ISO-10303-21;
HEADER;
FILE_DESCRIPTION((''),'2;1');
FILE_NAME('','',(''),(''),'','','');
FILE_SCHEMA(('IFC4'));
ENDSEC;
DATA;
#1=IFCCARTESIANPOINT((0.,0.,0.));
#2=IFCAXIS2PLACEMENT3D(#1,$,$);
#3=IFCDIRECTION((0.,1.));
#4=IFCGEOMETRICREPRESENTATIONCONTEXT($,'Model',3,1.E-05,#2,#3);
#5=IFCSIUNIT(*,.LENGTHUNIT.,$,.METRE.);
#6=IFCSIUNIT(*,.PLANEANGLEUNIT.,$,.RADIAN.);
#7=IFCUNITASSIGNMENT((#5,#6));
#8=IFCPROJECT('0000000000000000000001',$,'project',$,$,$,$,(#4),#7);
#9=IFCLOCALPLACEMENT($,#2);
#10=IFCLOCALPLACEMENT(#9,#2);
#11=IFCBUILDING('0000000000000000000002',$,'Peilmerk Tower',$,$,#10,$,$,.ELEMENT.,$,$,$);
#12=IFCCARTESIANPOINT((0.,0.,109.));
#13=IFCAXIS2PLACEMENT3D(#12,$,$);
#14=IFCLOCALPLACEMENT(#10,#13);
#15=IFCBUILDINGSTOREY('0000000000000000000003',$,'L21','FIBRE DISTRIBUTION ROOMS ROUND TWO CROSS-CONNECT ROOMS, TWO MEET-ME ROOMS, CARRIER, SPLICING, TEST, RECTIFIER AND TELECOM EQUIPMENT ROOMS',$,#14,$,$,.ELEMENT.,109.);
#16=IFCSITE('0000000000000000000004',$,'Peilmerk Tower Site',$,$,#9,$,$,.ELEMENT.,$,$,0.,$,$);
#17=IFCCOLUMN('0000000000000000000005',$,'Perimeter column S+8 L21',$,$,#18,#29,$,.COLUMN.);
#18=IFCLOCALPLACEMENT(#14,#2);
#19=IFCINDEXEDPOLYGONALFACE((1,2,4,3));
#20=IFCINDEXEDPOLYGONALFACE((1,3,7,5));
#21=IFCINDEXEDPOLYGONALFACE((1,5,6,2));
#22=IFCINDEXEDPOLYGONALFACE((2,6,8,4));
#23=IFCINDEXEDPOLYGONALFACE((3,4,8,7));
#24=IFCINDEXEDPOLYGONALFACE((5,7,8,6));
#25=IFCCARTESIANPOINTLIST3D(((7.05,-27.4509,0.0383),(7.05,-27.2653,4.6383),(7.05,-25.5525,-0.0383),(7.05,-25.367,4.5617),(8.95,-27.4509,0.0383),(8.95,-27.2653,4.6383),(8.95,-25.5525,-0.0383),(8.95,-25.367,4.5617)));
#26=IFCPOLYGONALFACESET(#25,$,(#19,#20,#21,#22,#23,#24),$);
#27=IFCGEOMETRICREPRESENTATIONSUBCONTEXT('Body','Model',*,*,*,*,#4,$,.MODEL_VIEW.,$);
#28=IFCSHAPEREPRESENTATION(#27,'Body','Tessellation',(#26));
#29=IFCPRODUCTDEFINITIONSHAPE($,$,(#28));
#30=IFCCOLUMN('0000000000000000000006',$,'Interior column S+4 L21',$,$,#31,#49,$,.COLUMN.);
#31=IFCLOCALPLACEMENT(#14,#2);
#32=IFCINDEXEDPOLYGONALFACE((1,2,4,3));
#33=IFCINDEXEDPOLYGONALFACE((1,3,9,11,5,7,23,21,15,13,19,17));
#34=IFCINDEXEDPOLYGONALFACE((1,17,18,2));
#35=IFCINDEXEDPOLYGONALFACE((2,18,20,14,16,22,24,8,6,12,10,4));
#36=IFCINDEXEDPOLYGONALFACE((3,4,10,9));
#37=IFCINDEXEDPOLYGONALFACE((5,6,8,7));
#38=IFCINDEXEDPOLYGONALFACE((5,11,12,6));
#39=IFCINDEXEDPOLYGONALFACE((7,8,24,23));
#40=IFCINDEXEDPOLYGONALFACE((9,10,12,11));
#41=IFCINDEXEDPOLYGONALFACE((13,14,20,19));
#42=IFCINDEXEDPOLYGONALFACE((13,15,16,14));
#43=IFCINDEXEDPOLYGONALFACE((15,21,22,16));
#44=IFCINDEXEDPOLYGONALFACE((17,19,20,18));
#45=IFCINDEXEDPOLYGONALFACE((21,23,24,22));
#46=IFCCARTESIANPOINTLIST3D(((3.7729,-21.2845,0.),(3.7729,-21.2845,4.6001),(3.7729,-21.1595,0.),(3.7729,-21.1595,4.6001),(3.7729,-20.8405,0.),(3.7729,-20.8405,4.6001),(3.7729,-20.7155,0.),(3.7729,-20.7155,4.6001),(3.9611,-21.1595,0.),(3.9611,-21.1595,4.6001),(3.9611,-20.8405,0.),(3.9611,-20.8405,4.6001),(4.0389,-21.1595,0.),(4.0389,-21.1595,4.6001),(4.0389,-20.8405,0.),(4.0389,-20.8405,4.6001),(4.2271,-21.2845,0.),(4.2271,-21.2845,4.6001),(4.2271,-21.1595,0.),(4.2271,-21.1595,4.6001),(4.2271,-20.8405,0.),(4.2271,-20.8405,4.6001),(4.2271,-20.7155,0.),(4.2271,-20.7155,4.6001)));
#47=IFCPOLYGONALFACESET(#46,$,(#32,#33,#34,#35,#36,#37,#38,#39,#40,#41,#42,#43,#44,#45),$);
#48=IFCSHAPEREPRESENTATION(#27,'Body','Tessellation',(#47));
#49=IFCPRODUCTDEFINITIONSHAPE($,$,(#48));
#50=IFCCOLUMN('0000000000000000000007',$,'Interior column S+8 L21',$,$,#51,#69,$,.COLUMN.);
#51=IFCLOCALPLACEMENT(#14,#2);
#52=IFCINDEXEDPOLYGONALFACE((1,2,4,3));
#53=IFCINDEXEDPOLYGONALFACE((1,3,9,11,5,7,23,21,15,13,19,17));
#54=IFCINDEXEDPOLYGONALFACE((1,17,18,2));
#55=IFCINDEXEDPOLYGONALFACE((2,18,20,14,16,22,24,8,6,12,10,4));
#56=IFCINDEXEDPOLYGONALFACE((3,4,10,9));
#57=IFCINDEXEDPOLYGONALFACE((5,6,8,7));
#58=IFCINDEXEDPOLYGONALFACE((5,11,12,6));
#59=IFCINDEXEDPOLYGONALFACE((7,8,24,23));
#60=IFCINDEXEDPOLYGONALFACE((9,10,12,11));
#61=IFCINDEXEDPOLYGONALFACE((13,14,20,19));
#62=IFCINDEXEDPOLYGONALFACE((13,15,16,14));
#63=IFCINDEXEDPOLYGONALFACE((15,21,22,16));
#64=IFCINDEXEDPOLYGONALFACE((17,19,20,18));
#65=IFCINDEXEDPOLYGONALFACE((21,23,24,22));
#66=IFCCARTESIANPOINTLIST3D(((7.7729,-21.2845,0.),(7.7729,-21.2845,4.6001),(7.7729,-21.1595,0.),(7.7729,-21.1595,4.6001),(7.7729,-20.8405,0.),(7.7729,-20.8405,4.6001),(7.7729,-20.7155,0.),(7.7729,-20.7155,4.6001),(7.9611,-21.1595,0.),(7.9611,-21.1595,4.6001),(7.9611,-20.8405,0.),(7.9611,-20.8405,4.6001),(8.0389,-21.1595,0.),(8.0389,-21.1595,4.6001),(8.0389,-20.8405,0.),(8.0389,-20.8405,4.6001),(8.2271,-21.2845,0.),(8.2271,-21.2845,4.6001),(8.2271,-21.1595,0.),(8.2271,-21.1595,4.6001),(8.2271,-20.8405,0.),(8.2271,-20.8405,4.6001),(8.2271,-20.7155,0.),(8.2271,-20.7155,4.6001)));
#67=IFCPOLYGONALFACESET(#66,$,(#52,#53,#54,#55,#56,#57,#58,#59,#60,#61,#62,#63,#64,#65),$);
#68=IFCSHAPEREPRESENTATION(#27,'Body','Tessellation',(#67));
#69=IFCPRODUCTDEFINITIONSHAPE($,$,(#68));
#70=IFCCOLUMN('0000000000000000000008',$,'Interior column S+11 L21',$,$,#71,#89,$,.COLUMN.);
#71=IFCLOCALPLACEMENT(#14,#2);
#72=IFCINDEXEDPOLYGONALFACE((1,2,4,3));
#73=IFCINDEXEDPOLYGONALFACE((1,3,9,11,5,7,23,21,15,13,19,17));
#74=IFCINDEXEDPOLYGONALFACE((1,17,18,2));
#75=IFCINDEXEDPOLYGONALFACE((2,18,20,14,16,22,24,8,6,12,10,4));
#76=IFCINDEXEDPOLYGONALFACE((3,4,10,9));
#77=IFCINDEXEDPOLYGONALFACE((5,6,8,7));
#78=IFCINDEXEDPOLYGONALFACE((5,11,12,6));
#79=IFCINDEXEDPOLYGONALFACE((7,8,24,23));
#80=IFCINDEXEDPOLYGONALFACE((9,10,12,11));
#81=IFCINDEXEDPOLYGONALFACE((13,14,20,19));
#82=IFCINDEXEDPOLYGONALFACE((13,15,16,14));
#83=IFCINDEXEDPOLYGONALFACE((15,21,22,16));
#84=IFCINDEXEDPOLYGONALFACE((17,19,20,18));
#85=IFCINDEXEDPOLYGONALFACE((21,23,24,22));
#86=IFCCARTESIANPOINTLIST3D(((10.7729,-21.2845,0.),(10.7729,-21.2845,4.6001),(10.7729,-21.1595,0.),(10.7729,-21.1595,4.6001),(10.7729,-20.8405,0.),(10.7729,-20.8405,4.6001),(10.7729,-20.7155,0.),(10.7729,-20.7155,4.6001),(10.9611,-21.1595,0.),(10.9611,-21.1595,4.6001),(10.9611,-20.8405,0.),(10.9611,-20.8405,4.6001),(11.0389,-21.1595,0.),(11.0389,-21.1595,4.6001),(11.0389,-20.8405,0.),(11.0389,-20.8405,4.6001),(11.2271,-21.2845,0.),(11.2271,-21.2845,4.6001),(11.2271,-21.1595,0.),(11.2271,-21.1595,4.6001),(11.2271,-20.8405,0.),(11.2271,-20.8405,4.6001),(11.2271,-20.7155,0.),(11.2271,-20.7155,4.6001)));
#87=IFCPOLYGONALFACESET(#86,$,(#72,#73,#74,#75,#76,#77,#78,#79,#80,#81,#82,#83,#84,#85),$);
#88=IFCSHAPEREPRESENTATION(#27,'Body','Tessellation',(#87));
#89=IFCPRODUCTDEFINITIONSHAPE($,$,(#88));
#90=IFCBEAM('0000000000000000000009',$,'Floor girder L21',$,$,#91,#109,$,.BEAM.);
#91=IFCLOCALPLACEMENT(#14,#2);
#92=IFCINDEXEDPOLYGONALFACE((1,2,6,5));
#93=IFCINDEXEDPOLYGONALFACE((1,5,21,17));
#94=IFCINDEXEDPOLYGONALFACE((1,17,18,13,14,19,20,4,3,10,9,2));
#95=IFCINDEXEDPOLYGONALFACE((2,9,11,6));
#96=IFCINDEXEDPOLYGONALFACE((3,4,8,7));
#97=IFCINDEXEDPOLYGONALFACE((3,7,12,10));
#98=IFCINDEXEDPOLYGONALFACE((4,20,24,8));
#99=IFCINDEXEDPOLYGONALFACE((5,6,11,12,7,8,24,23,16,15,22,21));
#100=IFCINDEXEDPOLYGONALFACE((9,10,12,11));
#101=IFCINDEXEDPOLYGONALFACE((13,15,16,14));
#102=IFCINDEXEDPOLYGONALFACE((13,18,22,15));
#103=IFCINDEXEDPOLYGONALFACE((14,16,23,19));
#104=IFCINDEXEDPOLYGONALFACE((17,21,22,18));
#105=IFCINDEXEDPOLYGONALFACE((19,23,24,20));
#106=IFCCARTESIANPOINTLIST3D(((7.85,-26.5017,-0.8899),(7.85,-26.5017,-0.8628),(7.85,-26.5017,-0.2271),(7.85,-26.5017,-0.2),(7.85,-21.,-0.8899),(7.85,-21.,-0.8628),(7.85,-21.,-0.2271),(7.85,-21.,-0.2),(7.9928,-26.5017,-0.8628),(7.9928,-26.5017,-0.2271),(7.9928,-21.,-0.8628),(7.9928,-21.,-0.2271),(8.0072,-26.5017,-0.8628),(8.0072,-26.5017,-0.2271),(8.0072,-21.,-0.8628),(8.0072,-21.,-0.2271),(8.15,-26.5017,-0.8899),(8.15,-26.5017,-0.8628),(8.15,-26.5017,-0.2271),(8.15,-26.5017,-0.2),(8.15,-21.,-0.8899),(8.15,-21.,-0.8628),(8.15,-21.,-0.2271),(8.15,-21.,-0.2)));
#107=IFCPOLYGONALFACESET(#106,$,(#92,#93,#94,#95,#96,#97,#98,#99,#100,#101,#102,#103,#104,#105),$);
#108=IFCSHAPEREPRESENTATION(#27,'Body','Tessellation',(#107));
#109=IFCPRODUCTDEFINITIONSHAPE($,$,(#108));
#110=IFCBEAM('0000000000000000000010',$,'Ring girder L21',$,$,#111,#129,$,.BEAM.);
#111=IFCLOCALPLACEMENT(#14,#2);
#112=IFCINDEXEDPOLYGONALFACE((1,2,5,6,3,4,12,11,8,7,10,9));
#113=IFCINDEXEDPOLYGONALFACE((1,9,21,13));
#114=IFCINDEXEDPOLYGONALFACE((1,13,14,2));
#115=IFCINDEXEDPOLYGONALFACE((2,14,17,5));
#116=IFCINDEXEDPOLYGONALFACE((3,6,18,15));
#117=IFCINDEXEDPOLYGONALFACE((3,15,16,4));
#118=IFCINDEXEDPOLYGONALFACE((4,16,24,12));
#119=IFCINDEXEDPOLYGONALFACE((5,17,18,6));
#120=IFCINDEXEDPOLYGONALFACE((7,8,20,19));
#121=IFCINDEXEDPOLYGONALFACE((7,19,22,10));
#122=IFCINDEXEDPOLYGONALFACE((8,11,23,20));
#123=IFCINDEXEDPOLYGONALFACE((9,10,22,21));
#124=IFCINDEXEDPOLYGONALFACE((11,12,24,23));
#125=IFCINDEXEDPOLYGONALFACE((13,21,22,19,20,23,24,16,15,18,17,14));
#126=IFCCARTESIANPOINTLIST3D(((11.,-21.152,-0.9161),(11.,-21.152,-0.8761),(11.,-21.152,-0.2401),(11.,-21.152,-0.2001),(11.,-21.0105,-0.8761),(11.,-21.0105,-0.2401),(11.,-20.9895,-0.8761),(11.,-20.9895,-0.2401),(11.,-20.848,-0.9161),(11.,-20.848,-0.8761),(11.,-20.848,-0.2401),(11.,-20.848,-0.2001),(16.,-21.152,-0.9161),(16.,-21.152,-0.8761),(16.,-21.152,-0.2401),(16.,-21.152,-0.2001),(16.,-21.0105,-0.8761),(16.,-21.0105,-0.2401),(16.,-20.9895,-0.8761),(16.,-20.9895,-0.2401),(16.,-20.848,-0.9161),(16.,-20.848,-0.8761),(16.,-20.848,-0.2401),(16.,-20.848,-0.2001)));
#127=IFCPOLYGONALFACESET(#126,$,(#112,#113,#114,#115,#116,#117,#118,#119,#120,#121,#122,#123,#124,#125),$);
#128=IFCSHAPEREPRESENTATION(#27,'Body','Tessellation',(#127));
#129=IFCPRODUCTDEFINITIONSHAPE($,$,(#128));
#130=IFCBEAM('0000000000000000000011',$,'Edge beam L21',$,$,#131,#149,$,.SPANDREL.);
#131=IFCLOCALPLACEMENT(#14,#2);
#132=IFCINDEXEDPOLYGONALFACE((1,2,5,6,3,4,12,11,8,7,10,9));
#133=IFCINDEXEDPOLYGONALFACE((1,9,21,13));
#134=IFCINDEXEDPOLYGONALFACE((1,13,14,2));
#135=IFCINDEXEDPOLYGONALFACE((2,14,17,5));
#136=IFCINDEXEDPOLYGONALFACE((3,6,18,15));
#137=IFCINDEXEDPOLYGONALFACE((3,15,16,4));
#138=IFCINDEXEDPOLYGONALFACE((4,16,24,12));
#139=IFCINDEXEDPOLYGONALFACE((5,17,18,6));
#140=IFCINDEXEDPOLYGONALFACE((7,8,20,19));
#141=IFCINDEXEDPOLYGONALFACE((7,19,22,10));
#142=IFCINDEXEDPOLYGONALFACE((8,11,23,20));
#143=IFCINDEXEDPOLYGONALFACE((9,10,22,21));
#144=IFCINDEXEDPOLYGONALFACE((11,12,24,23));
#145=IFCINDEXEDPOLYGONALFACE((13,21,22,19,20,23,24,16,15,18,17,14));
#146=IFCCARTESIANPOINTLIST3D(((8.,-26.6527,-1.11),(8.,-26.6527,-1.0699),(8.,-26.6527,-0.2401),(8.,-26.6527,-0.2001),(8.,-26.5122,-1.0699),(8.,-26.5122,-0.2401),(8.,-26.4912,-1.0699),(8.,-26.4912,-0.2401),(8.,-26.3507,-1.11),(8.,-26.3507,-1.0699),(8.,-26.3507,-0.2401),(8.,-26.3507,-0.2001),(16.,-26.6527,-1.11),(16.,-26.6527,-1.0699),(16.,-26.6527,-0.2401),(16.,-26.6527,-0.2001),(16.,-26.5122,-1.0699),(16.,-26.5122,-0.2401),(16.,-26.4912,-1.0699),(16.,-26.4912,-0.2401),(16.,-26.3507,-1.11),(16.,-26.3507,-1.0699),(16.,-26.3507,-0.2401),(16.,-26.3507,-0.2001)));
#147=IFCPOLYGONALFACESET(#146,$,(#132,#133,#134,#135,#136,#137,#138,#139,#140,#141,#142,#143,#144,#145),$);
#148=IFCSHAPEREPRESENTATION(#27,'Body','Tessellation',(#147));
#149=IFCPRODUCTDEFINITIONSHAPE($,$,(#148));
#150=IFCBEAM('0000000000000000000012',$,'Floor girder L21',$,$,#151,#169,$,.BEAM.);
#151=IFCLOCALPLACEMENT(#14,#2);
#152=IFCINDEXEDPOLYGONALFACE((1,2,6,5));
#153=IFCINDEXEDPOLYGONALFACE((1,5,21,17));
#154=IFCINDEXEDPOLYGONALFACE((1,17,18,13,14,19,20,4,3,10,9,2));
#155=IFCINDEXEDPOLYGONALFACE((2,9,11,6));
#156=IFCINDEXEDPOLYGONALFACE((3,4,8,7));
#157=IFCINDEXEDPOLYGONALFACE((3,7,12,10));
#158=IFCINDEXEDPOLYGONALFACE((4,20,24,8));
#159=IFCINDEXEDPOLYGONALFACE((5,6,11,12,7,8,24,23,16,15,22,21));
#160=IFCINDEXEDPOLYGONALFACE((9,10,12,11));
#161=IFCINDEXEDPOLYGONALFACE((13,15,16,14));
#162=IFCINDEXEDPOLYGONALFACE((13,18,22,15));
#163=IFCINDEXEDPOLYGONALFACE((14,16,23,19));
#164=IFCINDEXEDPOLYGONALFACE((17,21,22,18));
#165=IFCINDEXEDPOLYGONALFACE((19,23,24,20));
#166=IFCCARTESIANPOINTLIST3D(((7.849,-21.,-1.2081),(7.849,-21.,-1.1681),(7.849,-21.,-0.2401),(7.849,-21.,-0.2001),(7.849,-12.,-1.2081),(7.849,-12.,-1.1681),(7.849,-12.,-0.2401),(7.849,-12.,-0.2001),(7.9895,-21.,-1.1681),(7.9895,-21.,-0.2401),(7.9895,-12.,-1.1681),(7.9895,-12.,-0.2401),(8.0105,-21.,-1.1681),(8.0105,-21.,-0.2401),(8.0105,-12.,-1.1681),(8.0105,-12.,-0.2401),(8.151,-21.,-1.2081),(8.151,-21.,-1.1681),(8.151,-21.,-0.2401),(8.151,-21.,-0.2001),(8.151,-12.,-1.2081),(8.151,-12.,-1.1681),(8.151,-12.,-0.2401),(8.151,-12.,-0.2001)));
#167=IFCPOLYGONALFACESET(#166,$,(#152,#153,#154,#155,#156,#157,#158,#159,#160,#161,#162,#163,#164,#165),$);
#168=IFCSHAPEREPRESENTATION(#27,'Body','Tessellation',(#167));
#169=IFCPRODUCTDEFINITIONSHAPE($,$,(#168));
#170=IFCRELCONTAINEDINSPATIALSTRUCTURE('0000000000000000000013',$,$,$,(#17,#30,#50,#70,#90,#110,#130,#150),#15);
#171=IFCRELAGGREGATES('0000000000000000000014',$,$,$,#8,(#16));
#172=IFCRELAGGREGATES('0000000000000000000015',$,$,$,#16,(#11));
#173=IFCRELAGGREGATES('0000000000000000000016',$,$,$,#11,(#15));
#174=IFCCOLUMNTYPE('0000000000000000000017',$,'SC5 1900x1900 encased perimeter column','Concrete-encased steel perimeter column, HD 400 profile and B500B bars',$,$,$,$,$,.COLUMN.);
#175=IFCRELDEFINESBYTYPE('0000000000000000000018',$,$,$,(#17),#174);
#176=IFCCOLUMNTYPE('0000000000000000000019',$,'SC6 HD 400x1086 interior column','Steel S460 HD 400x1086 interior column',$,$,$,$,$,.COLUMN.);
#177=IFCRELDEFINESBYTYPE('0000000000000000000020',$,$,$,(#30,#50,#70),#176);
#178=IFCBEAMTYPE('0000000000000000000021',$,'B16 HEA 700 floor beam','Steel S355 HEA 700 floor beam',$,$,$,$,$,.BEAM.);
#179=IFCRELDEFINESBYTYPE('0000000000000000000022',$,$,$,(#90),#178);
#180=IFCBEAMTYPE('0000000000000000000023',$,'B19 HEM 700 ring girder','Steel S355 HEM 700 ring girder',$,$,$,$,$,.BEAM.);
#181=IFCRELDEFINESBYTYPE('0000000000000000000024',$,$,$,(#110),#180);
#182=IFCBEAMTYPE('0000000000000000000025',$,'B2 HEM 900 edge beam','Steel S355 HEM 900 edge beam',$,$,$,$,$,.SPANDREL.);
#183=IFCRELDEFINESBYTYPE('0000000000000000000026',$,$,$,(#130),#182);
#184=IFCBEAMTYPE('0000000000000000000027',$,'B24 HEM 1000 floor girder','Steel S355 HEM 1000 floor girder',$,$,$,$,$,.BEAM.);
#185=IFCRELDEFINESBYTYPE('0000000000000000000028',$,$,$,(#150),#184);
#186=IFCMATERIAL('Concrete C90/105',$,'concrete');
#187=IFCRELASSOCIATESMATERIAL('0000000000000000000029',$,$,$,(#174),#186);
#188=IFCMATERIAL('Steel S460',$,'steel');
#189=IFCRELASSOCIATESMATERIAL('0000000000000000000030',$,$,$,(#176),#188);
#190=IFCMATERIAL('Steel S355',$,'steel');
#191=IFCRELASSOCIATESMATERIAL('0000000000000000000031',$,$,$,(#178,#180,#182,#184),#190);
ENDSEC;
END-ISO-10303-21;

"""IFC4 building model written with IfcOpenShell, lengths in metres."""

from ifc_helpers import new_model, si_unit, direction, frame, origin, origin_2d, place, context, subcontext, project, spatial, rectangle, i_section, extrude, material, material_profile, profile_set, type_object, element, save


model = new_model("IFC4")

# Units and contexts
model_context = context("Model", 3, precision=1e-05, world=origin(), true_north=direction((0.0, 1.0)))
body_context = subcontext(model_context, "Body", "Model", "MODEL_VIEW")
ifc_project = project(units=[si_unit("LENGTHUNIT", "METRE"), si_unit("PLANEANGLEUNIT", "RADIAN")], contexts=[model_context])

# Site, building, storey
site_placement = place(None, origin())
site = spatial("IfcSite", under=ifc_project, at=site_placement, Name="Peilmerk Tower Site", CompositionType="ELEMENT", RefElevation=0.0)
building_placement = place(site_placement, origin())
building = spatial("IfcBuilding", under=site, at=building_placement, Name="Peilmerk Tower", CompositionType="ELEMENT")
storey_placement = place(building_placement, frame((0.0, 0.0, 109.0)))
storey = spatial("IfcBuildingStorey", under=building, at=storey_placement, Name="L21", Description="FIBRE DISTRIBUTION ROOMS ROUND TWO CROSS-CONNECT ROOMS, TWO MEET-ME ROOMS, CARRIER, SPLICING, TEST, RECTIFIER AND TELECOM EQUIPMENT ROOMS", CompositionType="ELEMENT", Elevation=109.0)

# Columns
ifc_material_1 = material(Name="Concrete C90/105", Category="concrete")
ifc_material_profile_1 = material_profile(ifc_material_1, rectangle(XDim=1.8999, YDim=1.8999, at=origin_2d()), Name="RC 1900x1900")
ifc_profile_set_1 = profile_set([ifc_material_profile_1], Name="Concrete C90/105")
column_type_1 = type_object("IfcColumnType", Name="SC5 1900x1900 encased perimeter column", Description="Concrete-encased steel perimeter column, HD 400 profile and B500B bars", PredefinedType="COLUMN", material=ifc_profile_set_1)
column_placement = place(storey_placement, frame((8.0, -26.5017, 0.0), z_axis=(0.0, 0.040303, 0.999188), x_axis=(-1.0, 0.0, 0.0)))
element("IfcColumn", 1, at=column_placement, inside=storey, type_object=column_type_1, Name="Perimeter column S+8 L21", PredefinedType="COLUMN", context=body_context, shape_type="SweptSolid", body=[
    extrude(rectangle(XDim=1.8999, YDim=1.8999, at=origin_2d()), origin(), (0.0, 0.0, 1.0), 4.6038),
])
ifc_material_2 = material(Name="Steel S460", Category="steel")
ifc_material_profile_2 = material_profile(ifc_material_2, i_section(OverallWidth=0.4541, OverallDepth=0.5691, WebThickness=0.0779, FlangeThickness=0.125, at=origin_2d()), Name="HD 400x1086")
ifc_profile_set_2 = profile_set([ifc_material_profile_2], Name="Steel S460")
column_type_2 = type_object("IfcColumnType", Name="SC6 HD 400x1086 interior column", Description="Steel S460 HD 400x1086 interior column", PredefinedType="COLUMN", material=ifc_profile_set_2)
for number, where, z_axis, x_axis, name in (
    (2, (4.0, -21.0, 0.0), (0.0, 0.0, 1.0), (1.0, 0.0, 0.0), "Interior column S+4 L21"),
    (3, (8.0, -21.0, 0.0), (0.0, 0.0, 1.0), (1.0, 0.0, 0.0), "Interior column S+8 L21"),
    (4, (11.0, -21.0, 0.0), (0.0, 0.0, 1.0), (1.0, 0.0, 0.0), "Interior column S+11 L21"),
):
    element("IfcColumn", number, at=place(storey_placement, frame(where, z_axis=z_axis, x_axis=x_axis)), inside=storey, type_object=column_type_2, Name=name, PredefinedType="COLUMN", context=body_context, shape_type="SweptSolid", body=[
        extrude(i_section(OverallWidth=0.4541, OverallDepth=0.5691, WebThickness=0.0779, FlangeThickness=0.125, at=origin_2d()), origin(), (0.0, 0.0, 1.0), 4.6001),
    ])

# Beams
ifc_material_3 = material(Name="Steel S355", Category="steel")
ifc_material_profile_3 = material_profile(ifc_material_3, i_section(OverallWidth=0.3, OverallDepth=0.6899, WebThickness=0.0144, FlangeThickness=0.0271, at=origin_2d()), Name="HEA 700")
ifc_profile_set_3 = profile_set([ifc_material_profile_3], Name="Steel S355")
beam_type_1 = type_object("IfcBeamType", Name="B16 HEA 700 floor beam", Description="Steel S355 HEA 700 floor beam", PredefinedType="BEAM", material=ifc_profile_set_3)
beam_1_placement = place(storey_placement, frame((8.0, -21.0, -0.5449), z_axis=(0.0, -1.0, 0.0), x_axis=(1.0, 0.0, 0.0)))
element("IfcBeam", 5, at=beam_1_placement, inside=storey, type_object=beam_type_1, Name="Floor girder L21", PredefinedType="BEAM", context=body_context, shape_type="SweptSolid", body=[
    extrude(i_section(OverallWidth=0.3, OverallDepth=0.6899, WebThickness=0.0144, FlangeThickness=0.0271, at=origin_2d()), origin(), (0.0, 0.0, 1.0), 5.5017),
])
ifc_material_profile_4 = material_profile(ifc_material_3, i_section(OverallWidth=0.304, OverallDepth=0.7161, WebThickness=0.021, FlangeThickness=0.04, at=origin_2d()), Name="HEM 700")
ifc_profile_set_4 = profile_set([ifc_material_profile_4], Name="Steel S355")
beam_type_2 = type_object("IfcBeamType", Name="B19 HEM 700 ring girder", Description="Steel S355 HEM 700 ring girder", PredefinedType="BEAM", material=ifc_profile_set_4)
beam_2_placement = place(storey_placement, frame((11.0, -21.0, -0.5581), z_axis=(1.0, 0.0, 0.0), x_axis=(0.0, 1.0, 0.0)))
element("IfcBeam", 6, at=beam_2_placement, inside=storey, type_object=beam_type_2, Name="Ring girder L21", PredefinedType="BEAM", context=body_context, shape_type="SweptSolid", body=[
    extrude(i_section(OverallWidth=0.304, OverallDepth=0.7161, WebThickness=0.021, FlangeThickness=0.04, at=origin_2d()), origin(), (0.0, 0.0, 1.0), 5.0),
])
ifc_material_profile_5 = material_profile(ifc_material_3, i_section(OverallWidth=0.302, OverallDepth=0.9099, WebThickness=0.021, FlangeThickness=0.04, at=origin_2d()), Name="HEM 900")
ifc_profile_set_5 = profile_set([ifc_material_profile_5], Name="Steel S355")
beam_type_3 = type_object("IfcBeamType", Name="B2 HEM 900 edge beam", Description="Steel S355 HEM 900 edge beam", PredefinedType="SPANDREL", material=ifc_profile_set_5)
beam_3_placement = place(storey_placement, frame((8.0, -26.5017, -0.655), z_axis=(1.0, 0.0, 0.0), x_axis=(0.0, 1.0, 0.0)))
element("IfcBeam", 7, at=beam_3_placement, inside=storey, type_object=beam_type_3, Name="Edge beam L21", PredefinedType="SPANDREL", context=body_context, shape_type="SweptSolid", body=[
    extrude(i_section(OverallWidth=0.302, OverallDepth=0.9099, WebThickness=0.021, FlangeThickness=0.04, at=origin_2d()), origin(), (0.0, 0.0, 1.0), 8.0),
])
ifc_material_profile_6 = material_profile(ifc_material_3, i_section(OverallWidth=0.302, OverallDepth=1.0081, WebThickness=0.021, FlangeThickness=0.04, at=origin_2d()), Name="HEM 1000")
ifc_profile_set_6 = profile_set([ifc_material_profile_6], Name="Steel S355")
beam_type_4 = type_object("IfcBeamType", Name="B24 HEM 1000 floor girder", Description="Steel S355 HEM 1000 floor girder", PredefinedType="BEAM", material=ifc_profile_set_6)
beam_4_placement = place(storey_placement, frame((8.0, -12.0, -0.7041), z_axis=(0.0, -1.0, 0.0), x_axis=(1.0, 0.0, 0.0)))
element("IfcBeam", 8, at=beam_4_placement, inside=storey, type_object=beam_type_4, Name="Floor girder L21", PredefinedType="BEAM", context=body_context, shape_type="SweptSolid", body=[
    extrude(i_section(OverallWidth=0.302, OverallDepth=1.0081, WebThickness=0.021, FlangeThickness=0.04, at=origin_2d()), origin(), (0.0, 0.0, 1.0), 9.0),
])

save(model, "model.ifc")
